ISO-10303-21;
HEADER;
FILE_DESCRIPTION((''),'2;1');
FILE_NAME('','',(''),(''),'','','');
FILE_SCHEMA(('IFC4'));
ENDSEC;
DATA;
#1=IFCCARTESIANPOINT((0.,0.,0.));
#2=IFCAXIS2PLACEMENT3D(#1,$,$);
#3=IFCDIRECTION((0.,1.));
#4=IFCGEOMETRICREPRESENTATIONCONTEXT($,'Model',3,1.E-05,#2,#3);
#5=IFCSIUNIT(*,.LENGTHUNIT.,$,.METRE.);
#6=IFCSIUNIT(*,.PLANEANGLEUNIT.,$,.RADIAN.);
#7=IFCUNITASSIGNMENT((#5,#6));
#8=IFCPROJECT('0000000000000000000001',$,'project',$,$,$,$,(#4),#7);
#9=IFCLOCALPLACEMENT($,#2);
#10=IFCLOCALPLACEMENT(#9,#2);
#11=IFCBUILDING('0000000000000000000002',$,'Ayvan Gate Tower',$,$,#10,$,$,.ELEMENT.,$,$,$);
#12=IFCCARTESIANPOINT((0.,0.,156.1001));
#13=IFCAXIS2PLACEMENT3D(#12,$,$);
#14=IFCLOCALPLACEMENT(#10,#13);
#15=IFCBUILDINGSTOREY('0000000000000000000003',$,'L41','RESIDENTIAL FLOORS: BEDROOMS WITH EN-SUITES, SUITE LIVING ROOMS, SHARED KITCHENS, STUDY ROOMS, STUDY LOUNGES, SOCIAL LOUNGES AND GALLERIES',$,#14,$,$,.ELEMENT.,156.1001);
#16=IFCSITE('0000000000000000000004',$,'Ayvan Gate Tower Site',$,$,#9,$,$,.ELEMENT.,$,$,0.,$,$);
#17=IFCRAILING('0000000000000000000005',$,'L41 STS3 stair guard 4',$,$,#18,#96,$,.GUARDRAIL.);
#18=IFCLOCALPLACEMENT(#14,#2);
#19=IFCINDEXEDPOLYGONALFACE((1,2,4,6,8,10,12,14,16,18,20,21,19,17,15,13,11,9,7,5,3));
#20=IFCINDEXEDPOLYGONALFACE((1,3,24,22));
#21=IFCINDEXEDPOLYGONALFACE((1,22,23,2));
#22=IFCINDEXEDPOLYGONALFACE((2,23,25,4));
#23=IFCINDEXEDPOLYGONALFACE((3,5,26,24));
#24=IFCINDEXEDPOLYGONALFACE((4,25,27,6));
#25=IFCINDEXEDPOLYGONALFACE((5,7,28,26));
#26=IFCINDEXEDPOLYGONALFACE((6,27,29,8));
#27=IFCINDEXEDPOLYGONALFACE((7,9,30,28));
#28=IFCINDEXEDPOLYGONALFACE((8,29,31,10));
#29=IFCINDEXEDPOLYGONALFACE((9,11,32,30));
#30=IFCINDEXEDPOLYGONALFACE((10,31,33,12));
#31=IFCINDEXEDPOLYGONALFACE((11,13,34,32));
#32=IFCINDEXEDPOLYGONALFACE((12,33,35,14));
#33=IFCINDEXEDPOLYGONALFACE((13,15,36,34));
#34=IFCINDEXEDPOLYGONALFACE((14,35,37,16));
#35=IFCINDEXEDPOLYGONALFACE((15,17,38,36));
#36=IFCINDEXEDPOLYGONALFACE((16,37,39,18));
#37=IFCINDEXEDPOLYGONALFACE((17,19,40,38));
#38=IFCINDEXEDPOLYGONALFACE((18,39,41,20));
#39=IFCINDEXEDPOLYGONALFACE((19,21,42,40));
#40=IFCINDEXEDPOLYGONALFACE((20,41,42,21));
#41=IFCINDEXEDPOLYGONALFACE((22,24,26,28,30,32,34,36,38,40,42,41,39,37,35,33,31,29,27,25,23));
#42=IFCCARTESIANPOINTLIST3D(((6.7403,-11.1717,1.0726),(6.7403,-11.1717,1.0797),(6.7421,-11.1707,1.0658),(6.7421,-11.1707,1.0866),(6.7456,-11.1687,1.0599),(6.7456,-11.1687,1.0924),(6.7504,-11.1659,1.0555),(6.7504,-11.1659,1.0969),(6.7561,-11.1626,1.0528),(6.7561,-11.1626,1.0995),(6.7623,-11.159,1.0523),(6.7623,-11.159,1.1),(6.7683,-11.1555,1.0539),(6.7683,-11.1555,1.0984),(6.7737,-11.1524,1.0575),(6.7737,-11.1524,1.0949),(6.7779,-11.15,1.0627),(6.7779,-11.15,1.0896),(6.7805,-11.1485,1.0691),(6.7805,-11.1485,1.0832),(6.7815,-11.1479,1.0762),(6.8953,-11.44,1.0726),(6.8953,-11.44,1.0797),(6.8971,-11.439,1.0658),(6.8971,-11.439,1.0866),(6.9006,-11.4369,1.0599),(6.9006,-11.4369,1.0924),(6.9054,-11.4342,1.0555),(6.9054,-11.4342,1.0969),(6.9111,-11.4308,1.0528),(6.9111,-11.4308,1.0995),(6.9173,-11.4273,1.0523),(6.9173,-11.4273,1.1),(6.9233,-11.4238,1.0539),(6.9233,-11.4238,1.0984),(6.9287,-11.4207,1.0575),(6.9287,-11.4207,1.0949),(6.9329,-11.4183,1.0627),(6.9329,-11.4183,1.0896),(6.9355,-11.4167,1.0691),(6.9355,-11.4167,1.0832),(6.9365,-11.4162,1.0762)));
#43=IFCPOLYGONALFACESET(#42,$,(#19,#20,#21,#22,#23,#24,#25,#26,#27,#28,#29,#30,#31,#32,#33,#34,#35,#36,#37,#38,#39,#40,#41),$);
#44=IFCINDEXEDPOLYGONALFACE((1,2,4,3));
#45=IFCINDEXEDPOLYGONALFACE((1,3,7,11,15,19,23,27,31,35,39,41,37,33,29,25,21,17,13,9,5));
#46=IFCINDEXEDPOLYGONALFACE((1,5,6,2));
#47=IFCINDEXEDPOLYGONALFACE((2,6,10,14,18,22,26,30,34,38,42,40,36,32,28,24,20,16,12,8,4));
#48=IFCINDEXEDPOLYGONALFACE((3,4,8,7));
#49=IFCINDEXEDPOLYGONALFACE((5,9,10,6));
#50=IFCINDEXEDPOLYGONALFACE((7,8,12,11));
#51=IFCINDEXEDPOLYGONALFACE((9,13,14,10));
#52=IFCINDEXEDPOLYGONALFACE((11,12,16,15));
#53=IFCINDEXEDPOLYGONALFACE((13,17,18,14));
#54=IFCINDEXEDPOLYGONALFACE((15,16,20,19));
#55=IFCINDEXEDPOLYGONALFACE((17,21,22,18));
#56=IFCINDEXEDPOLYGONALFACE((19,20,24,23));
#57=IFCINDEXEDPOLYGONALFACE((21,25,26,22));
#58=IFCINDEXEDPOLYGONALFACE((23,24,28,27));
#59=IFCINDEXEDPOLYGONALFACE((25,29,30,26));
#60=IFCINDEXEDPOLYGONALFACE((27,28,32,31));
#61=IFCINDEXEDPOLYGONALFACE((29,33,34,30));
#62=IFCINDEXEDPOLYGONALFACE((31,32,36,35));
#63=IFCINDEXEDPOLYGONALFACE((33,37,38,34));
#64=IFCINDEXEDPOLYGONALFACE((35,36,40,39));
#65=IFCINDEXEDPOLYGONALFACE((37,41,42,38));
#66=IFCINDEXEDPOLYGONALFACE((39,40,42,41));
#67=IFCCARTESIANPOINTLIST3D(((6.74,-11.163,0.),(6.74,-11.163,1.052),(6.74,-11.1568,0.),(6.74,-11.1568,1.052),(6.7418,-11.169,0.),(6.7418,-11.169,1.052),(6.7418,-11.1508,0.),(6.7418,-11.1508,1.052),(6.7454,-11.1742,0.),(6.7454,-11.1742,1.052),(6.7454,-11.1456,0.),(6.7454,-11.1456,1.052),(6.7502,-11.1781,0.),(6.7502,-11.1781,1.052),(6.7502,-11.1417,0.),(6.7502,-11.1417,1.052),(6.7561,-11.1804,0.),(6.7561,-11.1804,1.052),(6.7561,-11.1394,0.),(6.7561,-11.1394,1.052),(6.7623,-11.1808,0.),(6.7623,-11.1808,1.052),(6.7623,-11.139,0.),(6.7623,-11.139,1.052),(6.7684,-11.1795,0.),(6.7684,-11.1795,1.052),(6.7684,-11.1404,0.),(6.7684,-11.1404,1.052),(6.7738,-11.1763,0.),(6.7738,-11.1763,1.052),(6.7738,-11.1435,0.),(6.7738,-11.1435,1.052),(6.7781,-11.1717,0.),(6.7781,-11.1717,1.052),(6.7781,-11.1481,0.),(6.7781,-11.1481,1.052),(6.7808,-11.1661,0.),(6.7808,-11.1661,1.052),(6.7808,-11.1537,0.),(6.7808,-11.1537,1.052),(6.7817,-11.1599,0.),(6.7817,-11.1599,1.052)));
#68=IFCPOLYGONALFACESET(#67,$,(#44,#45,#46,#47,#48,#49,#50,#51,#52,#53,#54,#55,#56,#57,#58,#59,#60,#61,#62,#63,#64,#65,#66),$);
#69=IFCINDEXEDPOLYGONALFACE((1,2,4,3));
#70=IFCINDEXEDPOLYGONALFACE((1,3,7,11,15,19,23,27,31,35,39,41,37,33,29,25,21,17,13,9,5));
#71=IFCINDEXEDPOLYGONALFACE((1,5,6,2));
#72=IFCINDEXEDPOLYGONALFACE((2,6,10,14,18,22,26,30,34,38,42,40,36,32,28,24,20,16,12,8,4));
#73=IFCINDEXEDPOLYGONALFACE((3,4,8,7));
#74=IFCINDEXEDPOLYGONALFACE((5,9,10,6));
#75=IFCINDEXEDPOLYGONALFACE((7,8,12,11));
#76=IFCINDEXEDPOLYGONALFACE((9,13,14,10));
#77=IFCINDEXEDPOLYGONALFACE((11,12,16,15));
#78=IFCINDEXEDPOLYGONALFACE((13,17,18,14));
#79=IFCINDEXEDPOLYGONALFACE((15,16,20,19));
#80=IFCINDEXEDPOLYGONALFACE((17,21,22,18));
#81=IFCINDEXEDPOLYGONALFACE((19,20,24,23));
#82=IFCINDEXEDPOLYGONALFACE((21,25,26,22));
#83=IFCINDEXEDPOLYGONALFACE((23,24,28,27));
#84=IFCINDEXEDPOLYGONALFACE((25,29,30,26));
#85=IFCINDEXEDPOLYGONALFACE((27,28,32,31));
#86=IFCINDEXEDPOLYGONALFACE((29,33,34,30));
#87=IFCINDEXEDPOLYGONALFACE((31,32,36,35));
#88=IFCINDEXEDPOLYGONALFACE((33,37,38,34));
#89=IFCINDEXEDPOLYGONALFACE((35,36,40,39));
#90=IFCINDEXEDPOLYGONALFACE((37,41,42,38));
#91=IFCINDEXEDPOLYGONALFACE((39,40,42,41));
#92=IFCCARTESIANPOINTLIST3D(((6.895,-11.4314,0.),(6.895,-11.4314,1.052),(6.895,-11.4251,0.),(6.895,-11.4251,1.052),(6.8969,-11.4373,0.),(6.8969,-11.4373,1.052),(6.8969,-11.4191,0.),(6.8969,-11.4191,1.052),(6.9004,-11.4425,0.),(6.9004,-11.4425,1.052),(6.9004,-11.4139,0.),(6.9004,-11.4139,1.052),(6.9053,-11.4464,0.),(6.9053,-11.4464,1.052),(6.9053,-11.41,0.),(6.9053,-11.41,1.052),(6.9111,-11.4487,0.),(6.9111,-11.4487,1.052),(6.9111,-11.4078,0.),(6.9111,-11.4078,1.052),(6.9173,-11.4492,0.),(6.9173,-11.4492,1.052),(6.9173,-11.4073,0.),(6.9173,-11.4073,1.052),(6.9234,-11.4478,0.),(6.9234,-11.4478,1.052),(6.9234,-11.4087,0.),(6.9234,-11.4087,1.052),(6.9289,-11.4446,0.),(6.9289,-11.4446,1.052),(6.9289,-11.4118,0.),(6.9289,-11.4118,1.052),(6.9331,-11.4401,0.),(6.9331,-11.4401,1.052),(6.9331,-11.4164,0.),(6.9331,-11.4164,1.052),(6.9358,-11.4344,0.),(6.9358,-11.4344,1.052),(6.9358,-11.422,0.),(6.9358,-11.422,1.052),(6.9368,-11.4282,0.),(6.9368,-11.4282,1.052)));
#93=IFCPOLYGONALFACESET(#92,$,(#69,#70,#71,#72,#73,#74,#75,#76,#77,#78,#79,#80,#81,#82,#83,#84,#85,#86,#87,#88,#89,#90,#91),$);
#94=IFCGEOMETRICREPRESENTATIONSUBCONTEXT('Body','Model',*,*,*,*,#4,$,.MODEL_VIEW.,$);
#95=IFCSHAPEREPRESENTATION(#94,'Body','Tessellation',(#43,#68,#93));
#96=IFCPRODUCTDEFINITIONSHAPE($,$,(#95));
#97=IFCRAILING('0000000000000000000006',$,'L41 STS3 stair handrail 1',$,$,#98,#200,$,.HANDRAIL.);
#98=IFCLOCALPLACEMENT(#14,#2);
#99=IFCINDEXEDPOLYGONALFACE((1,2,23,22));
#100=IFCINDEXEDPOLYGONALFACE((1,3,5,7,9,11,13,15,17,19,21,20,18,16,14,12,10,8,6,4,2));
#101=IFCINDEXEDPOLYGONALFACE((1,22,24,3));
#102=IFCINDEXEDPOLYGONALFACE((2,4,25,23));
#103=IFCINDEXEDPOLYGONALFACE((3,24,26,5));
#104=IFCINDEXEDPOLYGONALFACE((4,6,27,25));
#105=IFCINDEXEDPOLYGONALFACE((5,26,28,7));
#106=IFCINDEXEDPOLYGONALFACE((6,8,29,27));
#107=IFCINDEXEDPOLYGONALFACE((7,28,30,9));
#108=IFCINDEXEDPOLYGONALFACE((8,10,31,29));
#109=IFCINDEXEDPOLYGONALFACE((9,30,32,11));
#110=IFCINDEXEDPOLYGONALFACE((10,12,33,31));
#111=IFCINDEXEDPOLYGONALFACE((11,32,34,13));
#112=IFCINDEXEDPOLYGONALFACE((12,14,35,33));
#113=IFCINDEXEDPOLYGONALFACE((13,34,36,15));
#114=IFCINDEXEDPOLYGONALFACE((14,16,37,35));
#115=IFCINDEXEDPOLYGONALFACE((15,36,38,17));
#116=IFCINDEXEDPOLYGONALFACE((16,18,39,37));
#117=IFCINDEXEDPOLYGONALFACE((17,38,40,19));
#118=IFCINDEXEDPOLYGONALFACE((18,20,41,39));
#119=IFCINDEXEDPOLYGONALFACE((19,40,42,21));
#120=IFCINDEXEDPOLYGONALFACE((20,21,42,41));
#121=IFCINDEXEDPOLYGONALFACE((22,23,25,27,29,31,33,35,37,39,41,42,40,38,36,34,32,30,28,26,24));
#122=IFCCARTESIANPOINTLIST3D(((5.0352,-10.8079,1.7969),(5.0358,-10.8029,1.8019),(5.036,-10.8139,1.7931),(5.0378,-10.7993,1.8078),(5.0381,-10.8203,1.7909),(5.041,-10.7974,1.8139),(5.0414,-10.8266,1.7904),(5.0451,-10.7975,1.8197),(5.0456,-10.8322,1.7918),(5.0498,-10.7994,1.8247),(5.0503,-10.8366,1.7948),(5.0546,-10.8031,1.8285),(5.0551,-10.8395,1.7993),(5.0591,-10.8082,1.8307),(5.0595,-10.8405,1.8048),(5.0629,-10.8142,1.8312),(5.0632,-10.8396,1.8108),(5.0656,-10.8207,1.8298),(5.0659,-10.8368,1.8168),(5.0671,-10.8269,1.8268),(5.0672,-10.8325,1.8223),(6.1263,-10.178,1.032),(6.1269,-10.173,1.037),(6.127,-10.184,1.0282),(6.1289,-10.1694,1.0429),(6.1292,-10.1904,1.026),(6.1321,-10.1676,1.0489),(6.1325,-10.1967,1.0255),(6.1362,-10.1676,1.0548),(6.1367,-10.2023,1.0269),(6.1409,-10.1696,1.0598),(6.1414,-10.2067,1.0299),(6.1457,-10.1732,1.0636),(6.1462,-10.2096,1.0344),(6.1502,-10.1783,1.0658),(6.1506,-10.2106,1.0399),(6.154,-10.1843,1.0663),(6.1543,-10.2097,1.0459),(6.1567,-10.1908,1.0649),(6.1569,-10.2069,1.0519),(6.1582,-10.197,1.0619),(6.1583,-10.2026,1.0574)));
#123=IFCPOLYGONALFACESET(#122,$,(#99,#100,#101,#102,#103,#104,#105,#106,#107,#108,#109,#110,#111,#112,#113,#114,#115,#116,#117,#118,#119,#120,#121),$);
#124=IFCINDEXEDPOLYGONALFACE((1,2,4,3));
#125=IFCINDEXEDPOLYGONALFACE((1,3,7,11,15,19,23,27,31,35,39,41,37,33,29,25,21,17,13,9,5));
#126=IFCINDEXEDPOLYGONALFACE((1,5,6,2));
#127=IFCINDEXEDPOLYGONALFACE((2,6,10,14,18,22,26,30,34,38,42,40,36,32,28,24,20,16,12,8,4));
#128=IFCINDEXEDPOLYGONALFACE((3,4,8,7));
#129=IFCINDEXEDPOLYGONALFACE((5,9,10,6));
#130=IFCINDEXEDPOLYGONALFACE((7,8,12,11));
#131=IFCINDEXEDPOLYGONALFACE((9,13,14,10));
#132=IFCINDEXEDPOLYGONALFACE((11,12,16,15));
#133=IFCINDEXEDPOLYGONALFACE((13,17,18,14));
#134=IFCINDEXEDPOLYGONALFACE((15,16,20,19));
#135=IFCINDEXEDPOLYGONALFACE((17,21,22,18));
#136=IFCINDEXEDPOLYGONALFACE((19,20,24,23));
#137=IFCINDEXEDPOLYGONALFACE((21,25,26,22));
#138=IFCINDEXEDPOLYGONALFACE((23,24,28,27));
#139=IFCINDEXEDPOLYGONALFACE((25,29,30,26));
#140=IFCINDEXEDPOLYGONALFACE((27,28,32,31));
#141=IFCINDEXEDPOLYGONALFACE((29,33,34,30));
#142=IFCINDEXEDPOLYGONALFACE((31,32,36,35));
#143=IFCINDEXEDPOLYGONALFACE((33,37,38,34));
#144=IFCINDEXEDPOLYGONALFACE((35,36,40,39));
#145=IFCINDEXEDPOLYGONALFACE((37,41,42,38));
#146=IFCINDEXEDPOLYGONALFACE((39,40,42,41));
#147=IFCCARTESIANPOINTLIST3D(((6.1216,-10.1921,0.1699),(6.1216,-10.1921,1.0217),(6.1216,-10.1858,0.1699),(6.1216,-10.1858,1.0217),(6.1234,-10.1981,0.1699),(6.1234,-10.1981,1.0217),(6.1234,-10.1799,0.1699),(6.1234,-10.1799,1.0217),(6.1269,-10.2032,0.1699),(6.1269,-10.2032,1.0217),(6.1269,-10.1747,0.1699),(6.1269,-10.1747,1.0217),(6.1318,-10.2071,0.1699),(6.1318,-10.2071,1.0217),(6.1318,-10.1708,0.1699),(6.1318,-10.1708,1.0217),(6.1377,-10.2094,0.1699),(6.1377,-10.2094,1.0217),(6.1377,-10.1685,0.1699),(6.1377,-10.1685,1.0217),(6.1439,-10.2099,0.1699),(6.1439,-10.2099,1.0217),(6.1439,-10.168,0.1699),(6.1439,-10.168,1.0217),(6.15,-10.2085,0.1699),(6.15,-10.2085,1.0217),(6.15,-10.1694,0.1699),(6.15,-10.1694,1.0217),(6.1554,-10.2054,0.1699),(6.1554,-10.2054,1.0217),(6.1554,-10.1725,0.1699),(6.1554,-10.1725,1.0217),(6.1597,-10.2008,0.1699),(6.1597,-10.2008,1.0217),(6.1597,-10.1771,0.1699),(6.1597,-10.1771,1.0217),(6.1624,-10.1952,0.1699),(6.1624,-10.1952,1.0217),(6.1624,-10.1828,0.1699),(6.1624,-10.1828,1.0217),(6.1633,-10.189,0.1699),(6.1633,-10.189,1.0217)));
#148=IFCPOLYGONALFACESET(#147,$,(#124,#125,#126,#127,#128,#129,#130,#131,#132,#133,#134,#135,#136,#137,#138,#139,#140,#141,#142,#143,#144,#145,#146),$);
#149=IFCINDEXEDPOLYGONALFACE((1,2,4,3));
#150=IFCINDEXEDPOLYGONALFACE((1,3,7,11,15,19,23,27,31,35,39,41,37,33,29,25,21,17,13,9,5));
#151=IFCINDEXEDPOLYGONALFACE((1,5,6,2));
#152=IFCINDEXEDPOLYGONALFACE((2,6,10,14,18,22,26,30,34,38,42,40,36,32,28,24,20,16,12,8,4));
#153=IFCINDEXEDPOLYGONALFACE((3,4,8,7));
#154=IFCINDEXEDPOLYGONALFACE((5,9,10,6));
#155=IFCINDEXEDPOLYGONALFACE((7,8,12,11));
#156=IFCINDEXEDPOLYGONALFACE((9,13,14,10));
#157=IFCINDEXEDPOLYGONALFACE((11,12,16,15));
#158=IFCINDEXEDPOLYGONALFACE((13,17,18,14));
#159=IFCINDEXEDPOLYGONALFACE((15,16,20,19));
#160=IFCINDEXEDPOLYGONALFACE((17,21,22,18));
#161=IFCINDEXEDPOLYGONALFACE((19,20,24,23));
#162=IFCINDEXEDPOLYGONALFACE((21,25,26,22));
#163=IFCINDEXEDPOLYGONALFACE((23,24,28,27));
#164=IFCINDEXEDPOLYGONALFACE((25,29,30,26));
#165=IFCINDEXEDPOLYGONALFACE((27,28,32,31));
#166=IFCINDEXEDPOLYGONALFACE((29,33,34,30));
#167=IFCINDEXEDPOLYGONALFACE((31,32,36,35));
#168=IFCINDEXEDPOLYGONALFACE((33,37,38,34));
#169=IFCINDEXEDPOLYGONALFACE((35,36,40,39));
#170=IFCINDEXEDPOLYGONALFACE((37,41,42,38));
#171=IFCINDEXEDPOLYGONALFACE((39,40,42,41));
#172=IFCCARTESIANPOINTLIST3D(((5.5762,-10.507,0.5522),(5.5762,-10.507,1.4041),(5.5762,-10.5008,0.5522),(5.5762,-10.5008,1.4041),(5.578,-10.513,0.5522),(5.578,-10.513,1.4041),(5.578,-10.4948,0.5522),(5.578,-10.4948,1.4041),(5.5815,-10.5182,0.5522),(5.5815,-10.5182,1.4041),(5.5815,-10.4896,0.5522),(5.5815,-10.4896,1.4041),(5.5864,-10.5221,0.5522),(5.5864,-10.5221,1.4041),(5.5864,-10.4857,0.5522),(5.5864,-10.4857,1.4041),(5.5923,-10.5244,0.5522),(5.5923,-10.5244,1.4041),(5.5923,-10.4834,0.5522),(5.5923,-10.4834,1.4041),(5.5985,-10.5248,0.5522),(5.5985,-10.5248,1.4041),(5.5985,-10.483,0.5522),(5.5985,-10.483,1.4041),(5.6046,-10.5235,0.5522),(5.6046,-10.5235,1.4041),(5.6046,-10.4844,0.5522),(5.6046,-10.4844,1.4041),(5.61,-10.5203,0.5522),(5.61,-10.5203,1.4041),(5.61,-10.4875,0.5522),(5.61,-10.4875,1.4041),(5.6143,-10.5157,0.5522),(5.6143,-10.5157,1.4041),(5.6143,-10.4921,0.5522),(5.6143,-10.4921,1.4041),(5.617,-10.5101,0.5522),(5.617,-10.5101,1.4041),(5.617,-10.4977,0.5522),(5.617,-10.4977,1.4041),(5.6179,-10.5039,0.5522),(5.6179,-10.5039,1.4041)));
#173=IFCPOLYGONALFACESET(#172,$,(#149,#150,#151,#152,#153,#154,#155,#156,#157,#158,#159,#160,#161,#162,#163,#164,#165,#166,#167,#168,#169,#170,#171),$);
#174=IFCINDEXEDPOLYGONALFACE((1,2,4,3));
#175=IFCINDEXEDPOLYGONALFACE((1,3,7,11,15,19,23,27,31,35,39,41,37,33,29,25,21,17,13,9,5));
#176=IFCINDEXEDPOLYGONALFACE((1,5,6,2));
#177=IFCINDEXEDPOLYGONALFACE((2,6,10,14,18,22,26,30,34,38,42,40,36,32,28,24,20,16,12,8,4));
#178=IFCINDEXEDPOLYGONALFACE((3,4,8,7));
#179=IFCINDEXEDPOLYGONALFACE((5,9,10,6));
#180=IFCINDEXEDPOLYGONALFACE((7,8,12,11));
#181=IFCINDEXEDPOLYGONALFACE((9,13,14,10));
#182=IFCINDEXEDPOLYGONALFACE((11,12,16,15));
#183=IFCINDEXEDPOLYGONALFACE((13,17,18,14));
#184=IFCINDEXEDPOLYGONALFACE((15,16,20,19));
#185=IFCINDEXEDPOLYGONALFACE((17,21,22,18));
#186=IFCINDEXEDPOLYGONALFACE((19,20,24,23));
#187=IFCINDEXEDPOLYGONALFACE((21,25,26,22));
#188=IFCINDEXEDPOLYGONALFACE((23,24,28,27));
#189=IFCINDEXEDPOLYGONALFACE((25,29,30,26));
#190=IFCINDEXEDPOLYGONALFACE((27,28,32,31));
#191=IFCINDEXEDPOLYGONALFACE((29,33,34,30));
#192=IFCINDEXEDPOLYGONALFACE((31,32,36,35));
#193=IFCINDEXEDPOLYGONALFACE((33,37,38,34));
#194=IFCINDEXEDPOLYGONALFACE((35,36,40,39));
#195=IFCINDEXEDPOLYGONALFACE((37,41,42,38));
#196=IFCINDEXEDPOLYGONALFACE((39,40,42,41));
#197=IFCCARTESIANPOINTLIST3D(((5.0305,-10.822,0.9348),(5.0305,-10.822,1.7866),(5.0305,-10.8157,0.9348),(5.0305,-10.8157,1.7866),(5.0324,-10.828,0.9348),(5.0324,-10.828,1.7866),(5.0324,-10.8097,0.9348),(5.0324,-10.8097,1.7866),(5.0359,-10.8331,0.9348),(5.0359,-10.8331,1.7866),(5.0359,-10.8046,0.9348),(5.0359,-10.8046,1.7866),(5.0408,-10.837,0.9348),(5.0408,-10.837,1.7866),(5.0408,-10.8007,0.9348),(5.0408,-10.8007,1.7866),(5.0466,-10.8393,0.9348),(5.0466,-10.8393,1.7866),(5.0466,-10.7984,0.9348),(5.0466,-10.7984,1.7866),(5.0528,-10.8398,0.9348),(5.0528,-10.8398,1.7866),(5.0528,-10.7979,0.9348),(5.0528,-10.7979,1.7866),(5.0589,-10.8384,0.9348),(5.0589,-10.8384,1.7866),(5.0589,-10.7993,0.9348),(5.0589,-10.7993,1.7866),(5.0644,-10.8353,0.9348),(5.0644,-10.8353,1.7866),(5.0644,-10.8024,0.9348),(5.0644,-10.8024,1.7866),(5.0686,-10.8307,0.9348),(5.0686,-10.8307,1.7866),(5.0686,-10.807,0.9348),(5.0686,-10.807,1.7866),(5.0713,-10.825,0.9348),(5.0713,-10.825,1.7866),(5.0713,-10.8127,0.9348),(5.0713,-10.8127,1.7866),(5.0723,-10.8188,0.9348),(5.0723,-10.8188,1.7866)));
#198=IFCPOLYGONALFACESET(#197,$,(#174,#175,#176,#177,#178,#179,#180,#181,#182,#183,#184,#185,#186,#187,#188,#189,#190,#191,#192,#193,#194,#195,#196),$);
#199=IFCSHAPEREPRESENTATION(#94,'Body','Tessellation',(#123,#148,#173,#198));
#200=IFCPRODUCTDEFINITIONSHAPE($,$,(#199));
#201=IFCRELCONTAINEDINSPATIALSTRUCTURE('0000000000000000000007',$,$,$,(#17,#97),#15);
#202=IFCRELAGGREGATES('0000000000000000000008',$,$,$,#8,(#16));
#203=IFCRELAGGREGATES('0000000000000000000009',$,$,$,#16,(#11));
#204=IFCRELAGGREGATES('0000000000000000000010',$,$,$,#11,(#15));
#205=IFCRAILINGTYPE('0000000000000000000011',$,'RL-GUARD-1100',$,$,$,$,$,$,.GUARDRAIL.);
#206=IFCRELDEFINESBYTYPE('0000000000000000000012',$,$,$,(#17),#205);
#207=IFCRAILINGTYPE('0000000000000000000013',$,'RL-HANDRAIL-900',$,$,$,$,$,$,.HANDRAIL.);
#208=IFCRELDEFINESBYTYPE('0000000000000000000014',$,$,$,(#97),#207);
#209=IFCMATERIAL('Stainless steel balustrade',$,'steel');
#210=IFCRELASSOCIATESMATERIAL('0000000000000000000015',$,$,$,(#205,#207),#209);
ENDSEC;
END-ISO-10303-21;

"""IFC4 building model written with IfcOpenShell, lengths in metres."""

from ifc_helpers import new_model, si_unit, direction, frame, origin, origin_2d, place, context, subcontext, project, spatial, circle, extrude, material, type_object, element, save


model = new_model("IFC4")

# Units and contexts
model_context = context("Model", 3, precision=1e-05, world=origin(), true_north=direction((0.0, 1.0)))
body_context = subcontext(model_context, "Body", "Model", "MODEL_VIEW")
ifc_project = project(units=[si_unit("LENGTHUNIT", "METRE"), si_unit("PLANEANGLEUNIT", "RADIAN")], contexts=[model_context])

# Site, building, storey
site_placement = place(None, origin())
site = spatial("IfcSite", under=ifc_project, at=site_placement, Name="Ayvan Gate Tower Site", CompositionType="ELEMENT", RefElevation=0.0)
building_placement = place(site_placement, origin())
building = spatial("IfcBuilding", under=site, at=building_placement, Name="Ayvan Gate Tower", CompositionType="ELEMENT")
storey_placement = place(building_placement, frame((0.0, 0.0, 156.1001)))
storey = spatial("IfcBuildingStorey", under=building, at=storey_placement, Name="L41", Description="RESIDENTIAL FLOORS: BEDROOMS WITH EN-SUITES, SUITE LIVING ROOMS, SHARED KITCHENS, STUDY ROOMS, STUDY LOUNGES, SOCIAL LOUNGES AND GALLERIES", CompositionType="ELEMENT", Elevation=156.1001)

# Railings
ifc_material_1 = material(Name="Stainless steel balustrade", Category="steel")
railing_type_1 = type_object("IfcRailingType", Name="RL-GUARD-1100", PredefinedType="GUARDRAIL", material=ifc_material_1)
railing_1_placement = place(storey_placement, frame((6.7607, -11.1599, 0.0)))
element("IfcRailing", 1, at=railing_1_placement, inside=storey, type_object=railing_type_1, Name="L41 STS3 stair guard 4", PredefinedType="GUARDRAIL", context=body_context, shape_type="SweptSolid", body=[
    extrude(circle(Radius=0.0239, at=origin_2d()), frame((0.0, 0.0, 1.0762), z_axis=(0.500291, -0.865857, 0.0), x_axis=(0.865857, 0.500291, 0.0)), (0.0, 0.0, 1.0), 0.3098),
    extrude(circle(Radius=0.021, at=origin_2d()), origin(), (0.0, 0.0, 1.0), 1.052),
    extrude(circle(Radius=0.021, at=origin_2d()), frame((0.155, -0.2683, 0.0)), (0.0, 0.0, 1.0), 1.052),
])
railing_type_2 = type_object("IfcRailingType", Name="RL-HANDRAIL-900", PredefinedType="HANDRAIL", material=ifc_material_1)
railing_2_placement = place(storey_placement, frame((6.1423, -10.189, 0.1699)))
element("IfcRailing", 2, at=railing_2_placement, inside=storey, type_object=railing_type_2, Name="L41 STS3 stair handrail 1", PredefinedType="HANDRAIL", context=body_context, shape_type="SweptSolid", body=[
    extrude(circle(Radius=0.0239, at=origin_2d()), frame((0.0, 0.0, 0.876), z_axis=(-0.740282, -0.427372, 0.518976), x_axis=(0.499974, -0.86604, 0.0)), (0.0, 0.0, 1.0), 1.4739),
    extrude(circle(Radius=0.021, at=origin_2d()), origin(), (0.0, 0.0, 1.0), 0.8518),
    extrude(circle(Radius=0.021, at=origin_2d()), frame((-0.5454, -0.3149, 0.3823)), (0.0, 0.0, 1.0), 0.8518),
    extrude(circle(Radius=0.021, at=origin_2d()), frame((-1.0911, -0.6299, 0.7649)), (0.0, 0.0, 1.0), 0.8518),
])

save(model, "model.ifc")
